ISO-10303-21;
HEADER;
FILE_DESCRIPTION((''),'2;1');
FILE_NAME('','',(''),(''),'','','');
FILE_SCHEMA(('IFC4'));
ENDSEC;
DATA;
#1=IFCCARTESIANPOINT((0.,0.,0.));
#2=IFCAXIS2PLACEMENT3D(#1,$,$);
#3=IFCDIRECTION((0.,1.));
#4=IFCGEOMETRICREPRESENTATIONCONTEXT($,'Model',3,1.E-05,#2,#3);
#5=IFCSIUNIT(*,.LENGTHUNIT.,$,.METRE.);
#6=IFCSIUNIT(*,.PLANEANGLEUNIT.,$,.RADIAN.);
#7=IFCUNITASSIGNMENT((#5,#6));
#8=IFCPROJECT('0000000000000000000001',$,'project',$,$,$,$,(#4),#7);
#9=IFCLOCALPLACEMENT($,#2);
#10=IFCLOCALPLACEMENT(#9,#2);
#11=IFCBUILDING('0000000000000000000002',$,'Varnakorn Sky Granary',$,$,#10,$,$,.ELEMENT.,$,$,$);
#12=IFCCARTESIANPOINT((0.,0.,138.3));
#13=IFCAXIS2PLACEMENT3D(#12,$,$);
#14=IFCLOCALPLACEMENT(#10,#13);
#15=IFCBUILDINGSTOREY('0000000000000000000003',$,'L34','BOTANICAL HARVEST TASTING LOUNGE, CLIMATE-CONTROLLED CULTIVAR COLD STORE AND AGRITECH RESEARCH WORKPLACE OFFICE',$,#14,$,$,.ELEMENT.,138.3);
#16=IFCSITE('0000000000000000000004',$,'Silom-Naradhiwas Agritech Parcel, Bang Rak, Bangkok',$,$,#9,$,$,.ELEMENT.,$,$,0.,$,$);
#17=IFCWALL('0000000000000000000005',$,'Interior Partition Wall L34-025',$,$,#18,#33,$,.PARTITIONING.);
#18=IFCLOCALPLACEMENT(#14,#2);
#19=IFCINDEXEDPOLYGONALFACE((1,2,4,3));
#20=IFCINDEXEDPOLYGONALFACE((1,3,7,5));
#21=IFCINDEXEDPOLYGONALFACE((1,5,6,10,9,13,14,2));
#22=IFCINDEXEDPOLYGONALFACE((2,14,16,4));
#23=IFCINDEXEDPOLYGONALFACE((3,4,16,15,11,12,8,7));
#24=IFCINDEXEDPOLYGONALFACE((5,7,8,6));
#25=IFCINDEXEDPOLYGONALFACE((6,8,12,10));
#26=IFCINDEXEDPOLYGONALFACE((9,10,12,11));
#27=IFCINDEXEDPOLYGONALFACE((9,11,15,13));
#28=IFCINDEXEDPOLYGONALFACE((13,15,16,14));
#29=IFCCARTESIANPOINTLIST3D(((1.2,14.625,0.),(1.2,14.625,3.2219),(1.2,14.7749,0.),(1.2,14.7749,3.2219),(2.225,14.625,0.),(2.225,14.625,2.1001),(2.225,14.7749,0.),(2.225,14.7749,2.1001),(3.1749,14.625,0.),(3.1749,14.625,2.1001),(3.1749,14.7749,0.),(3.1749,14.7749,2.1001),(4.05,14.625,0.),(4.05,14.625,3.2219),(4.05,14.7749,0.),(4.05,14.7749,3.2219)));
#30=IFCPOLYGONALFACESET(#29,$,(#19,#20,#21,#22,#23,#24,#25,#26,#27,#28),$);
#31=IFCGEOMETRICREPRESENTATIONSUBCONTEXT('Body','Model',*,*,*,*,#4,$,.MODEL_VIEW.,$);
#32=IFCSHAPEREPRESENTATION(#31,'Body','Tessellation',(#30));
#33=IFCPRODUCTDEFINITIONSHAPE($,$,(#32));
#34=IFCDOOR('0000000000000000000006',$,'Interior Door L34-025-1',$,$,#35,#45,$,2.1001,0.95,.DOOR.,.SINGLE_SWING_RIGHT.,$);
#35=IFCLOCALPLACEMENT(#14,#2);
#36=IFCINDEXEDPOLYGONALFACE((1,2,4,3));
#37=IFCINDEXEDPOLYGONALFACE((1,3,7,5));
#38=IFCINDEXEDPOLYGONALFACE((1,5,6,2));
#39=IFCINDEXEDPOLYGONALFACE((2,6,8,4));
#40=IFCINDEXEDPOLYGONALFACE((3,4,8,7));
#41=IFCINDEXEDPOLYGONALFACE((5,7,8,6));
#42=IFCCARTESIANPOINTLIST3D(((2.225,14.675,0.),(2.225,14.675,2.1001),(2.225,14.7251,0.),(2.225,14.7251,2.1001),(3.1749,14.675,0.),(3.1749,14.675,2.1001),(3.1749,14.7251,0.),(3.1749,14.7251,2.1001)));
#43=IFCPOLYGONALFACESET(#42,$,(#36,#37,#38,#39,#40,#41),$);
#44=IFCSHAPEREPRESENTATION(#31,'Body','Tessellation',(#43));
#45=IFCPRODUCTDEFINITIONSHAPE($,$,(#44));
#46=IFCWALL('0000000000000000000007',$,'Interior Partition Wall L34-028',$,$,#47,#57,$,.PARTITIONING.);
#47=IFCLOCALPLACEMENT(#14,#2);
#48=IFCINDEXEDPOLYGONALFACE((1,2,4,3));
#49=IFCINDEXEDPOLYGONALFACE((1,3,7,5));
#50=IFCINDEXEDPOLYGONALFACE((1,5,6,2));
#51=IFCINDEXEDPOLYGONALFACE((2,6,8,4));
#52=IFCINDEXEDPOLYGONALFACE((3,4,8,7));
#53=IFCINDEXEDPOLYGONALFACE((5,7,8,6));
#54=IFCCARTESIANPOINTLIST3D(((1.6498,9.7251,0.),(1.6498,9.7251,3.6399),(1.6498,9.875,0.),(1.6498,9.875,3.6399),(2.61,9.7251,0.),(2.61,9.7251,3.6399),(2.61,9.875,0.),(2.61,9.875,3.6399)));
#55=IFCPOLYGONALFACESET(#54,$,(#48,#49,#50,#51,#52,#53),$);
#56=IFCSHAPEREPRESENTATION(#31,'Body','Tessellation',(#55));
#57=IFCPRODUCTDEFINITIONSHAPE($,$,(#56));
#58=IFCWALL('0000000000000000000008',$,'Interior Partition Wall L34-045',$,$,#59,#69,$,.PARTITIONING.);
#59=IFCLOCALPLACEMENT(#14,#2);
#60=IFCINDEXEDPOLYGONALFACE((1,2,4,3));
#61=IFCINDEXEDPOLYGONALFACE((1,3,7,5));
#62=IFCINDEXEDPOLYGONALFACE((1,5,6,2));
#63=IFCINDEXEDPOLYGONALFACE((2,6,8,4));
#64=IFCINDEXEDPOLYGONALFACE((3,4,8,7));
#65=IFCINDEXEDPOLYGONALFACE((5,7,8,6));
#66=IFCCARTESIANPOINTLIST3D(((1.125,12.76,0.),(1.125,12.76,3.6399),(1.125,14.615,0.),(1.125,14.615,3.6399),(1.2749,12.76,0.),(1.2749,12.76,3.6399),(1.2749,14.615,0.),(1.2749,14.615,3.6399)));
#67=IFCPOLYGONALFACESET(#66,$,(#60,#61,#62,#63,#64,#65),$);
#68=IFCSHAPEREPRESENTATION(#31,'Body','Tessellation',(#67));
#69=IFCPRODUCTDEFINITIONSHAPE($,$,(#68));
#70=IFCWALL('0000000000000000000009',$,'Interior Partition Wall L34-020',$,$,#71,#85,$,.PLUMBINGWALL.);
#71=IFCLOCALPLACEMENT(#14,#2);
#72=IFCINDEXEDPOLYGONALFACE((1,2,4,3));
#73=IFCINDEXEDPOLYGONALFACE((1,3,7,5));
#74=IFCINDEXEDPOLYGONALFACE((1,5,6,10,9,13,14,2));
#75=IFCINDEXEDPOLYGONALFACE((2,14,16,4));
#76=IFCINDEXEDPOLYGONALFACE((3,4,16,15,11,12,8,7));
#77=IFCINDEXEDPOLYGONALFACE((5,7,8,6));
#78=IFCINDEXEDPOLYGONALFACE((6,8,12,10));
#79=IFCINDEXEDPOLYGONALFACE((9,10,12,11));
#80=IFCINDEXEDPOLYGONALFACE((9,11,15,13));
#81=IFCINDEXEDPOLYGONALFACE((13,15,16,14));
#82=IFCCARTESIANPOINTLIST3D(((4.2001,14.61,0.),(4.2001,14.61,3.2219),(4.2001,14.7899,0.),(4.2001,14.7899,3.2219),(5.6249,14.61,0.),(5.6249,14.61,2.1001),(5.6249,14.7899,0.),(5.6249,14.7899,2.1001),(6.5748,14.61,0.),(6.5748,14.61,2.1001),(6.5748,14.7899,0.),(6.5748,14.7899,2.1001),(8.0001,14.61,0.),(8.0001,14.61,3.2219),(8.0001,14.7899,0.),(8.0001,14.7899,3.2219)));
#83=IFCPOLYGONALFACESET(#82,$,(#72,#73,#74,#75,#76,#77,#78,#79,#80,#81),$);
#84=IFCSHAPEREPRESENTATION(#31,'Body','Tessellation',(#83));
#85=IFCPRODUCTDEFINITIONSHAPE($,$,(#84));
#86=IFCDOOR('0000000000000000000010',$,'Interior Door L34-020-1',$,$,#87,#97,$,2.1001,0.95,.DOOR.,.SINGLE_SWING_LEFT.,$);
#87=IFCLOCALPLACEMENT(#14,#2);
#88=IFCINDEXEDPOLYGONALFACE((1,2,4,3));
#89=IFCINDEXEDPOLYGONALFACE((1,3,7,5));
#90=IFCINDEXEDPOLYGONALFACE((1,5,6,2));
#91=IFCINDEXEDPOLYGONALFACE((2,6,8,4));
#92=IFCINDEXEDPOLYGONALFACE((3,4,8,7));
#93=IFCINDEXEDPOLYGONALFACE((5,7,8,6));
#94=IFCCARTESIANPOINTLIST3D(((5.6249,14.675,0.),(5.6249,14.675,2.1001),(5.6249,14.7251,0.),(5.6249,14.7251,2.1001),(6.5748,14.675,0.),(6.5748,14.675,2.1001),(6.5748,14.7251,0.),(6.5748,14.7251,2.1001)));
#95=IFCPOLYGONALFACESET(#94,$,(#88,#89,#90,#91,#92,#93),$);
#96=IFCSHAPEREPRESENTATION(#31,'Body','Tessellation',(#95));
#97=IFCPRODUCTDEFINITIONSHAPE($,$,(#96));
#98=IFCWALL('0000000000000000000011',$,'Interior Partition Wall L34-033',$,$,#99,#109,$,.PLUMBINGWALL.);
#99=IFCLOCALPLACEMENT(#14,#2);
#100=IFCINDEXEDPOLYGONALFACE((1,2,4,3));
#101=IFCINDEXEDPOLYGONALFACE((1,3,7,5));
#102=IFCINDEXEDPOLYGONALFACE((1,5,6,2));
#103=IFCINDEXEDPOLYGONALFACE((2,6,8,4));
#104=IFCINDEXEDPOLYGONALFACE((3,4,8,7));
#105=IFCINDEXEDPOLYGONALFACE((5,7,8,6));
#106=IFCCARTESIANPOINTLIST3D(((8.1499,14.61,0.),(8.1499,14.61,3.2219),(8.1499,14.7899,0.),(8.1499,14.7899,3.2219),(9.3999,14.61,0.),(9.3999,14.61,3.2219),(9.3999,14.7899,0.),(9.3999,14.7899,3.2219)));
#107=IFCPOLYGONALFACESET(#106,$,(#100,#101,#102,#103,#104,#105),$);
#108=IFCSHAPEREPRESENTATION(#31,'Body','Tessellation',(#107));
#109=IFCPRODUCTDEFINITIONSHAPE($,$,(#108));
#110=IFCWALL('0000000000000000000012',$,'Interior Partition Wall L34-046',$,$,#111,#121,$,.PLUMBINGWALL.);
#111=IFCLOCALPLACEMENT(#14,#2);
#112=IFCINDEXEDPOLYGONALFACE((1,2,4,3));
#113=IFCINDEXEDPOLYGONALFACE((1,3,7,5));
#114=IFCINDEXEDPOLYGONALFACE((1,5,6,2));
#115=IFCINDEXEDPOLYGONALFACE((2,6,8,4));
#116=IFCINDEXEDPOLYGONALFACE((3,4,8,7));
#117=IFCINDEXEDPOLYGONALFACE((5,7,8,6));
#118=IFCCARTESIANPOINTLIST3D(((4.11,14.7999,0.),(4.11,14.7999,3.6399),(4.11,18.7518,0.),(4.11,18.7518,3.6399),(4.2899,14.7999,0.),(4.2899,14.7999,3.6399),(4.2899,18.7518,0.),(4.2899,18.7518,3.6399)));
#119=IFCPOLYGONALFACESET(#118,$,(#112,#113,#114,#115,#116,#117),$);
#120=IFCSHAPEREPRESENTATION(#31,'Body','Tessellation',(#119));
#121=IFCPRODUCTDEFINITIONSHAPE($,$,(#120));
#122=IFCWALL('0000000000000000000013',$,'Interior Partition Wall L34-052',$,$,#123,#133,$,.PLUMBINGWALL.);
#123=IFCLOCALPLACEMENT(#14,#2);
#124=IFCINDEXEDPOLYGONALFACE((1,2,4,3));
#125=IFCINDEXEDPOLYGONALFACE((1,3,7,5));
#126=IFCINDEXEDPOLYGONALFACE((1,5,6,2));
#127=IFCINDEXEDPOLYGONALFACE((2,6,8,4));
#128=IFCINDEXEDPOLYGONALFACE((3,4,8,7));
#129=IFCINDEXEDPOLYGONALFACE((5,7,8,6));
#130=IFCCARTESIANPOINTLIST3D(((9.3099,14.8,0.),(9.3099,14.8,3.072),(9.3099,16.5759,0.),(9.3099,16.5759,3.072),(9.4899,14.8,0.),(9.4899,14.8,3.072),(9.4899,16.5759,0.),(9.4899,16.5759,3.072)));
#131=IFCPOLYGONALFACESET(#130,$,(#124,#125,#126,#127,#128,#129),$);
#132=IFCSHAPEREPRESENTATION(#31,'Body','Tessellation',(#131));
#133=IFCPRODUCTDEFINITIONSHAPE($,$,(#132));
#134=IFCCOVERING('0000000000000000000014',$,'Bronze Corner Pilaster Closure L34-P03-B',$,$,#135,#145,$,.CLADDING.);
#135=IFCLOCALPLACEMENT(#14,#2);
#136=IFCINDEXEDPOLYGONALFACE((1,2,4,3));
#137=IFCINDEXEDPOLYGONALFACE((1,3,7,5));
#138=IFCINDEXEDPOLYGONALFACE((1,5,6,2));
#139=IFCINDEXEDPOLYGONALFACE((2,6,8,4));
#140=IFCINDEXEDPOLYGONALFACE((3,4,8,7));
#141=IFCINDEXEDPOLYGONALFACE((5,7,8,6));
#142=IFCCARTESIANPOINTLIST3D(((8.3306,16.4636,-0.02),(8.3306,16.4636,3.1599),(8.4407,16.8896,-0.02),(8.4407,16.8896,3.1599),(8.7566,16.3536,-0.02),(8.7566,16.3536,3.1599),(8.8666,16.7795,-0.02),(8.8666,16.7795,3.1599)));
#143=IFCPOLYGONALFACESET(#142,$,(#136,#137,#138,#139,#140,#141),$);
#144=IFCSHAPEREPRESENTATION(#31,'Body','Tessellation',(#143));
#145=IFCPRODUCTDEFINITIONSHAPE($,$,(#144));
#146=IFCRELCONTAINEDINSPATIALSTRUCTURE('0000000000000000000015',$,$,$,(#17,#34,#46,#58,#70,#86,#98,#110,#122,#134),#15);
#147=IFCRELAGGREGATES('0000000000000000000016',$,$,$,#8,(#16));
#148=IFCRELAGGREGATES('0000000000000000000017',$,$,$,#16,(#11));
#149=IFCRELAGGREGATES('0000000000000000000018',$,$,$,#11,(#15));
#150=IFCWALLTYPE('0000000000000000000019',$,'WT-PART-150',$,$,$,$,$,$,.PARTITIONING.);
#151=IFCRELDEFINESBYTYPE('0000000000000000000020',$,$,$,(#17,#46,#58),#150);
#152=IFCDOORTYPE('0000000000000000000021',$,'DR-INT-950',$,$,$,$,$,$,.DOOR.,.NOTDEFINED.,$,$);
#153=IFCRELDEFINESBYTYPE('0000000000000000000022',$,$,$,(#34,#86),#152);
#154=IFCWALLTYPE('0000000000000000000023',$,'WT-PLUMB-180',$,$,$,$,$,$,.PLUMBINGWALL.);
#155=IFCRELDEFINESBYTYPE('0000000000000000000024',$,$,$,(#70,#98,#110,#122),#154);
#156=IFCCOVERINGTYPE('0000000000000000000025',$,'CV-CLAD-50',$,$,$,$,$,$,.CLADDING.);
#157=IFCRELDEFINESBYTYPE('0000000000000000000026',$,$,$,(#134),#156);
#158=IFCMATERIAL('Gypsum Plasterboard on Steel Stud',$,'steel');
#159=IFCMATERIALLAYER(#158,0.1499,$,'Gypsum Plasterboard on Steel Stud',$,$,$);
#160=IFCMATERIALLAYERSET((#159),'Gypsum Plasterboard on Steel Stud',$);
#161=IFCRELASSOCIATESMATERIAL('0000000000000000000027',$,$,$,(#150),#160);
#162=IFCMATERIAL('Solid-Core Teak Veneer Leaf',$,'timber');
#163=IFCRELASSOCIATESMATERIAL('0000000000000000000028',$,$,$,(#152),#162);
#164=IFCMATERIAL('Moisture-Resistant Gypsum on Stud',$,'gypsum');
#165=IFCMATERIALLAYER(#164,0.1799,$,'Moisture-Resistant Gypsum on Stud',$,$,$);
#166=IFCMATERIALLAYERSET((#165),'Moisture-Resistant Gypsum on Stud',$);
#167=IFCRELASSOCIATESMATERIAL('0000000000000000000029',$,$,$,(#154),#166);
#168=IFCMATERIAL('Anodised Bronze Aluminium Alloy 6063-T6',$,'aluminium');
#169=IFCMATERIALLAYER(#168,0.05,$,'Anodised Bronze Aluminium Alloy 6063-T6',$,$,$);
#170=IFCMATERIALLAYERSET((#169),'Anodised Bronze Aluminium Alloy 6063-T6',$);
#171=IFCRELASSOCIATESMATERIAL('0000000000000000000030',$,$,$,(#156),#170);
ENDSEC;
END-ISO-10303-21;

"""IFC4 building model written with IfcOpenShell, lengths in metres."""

from ifc_helpers import new_model, si_unit, direction, frame, frame_2d, origin, origin_2d, place, context, subcontext, project, spatial, rectangle, extrude, source, transform, mapped, material, layer, layer_set, type_object, type_shapes, element, fill, save


model = new_model("IFC4")

# Units and contexts
model_context = context("Model", 3, precision=1e-05, world=origin(), true_north=direction((0.0, 1.0)))
body_context = subcontext(model_context, "Body", "Model", "MODEL_VIEW")
ifc_project = project(units=[si_unit("LENGTHUNIT", "METRE"), si_unit("PLANEANGLEUNIT", "RADIAN")], contexts=[model_context])

# Site, building, storey
site_placement = place(None, origin())
site = spatial("IfcSite", under=ifc_project, at=site_placement, Name="Silom-Naradhiwas Agritech Parcel, Bang Rak, Bangkok", CompositionType="ELEMENT", RefElevation=0.0)
building_placement = place(site_placement, origin())
building = spatial("IfcBuilding", under=site, at=building_placement, Name="Varnakorn Sky Granary", CompositionType="ELEMENT")
storey_placement = place(building_placement, frame((0.0, 0.0, 138.3)))
storey = spatial("IfcBuildingStorey", under=building, at=storey_placement, Name="L34", Description="BOTANICAL HARVEST TASTING LOUNGE, CLIMATE-CONTROLLED CULTIVAR COLD STORE AND AGRITECH RESEARCH WORKPLACE OFFICE", CompositionType="ELEMENT", Elevation=138.3)

# Shared definitions
ifc_material_1 = material(Name="Anodised Bronze Aluminium Alloy 6063-T6", Category="aluminium")

# Wall, opening, door
ifc_material_2 = material(Name="Gypsum Plasterboard on Steel Stud", Category="steel")
ifc_layer_1 = layer(ifc_material_2, 0.1499, Name="Gypsum Plasterboard on Steel Stud")
ifc_layer_set_1 = layer_set([ifc_layer_1], Name="Gypsum Plasterboard on Steel Stud")
wall_type_1 = type_object("IfcWallType", Name="WT-PART-150", PredefinedType="PARTITIONING", material=ifc_layer_set_1)
wall_1_placement = place(storey_placement, frame((4.05, 14.7, 0.0), z_axis=(0.0, 0.0, 1.0), x_axis=(-1.0, 0.0, 0.0)))
wall_1 = element("IfcWall", 1, at=wall_1_placement, inside=storey, type_object=wall_type_1, Name="Interior Partition Wall L34-025", PredefinedType="PARTITIONING", context=body_context, shape_type="SweptSolid", body=[
    extrude(rectangle(XDim=2.8501, YDim=0.1499, at=frame_2d((1.425, 0.0))), origin(), (0.0, 0.0, 1.0), 3.2219),
])
opening_1_placement = place(wall_1_placement, frame((0.875, 0.0, 0.0)))
opening_1 = element("IfcOpeningElement", 2, at=opening_1_placement, cuts=wall_1, PredefinedType="OPENING", context=body_context, shape_type="SweptSolid", body=[
    extrude(rectangle(XDim=0.95, YDim=2.1001, at=frame_2d((0.4751, 1.05))), frame((0.0, 0.085, 0.0), z_axis=(0.0, -1.0, 0.0), x_axis=(1.0, 0.0, 0.0)), (0.0, 0.0, 1.0), 0.1699),
])
ifc_material_3 = material(Name="Solid-Core Teak Veneer Leaf", Category="timber")
door_type = type_object("IfcDoorType", Name="DR-INT-950", OperationType="NOTDEFINED", PredefinedType="DOOR", material=ifc_material_3)
door_1_placement = place(opening_1_placement, origin())
door_1 = element("IfcDoor", 3, at=door_1_placement, inside=storey, type_object=door_type, Name="Interior Door L34-025-1", OperationType="SINGLE_SWING_RIGHT", OverallHeight=2.1001, OverallWidth=0.95, PredefinedType="DOOR", context=body_context, shape_type="SweptSolid", body=[
    extrude(rectangle(XDim=0.95, YDim=2.1001, at=frame_2d((0.4751, 1.05))), frame((0.0, 0.0249, 0.0), z_axis=(0.0, -1.0, 0.0), x_axis=(1.0, 0.0, 0.0)), (0.0, 0.0, 1.0), 0.05),
])
fill(opening_1, door_1)

# Walls
wall_2_placement = place(storey_placement, frame((1.6499, 9.8, 0.0), z_axis=(0.0, 0.0, 1.0), x_axis=(1.0, 0.0, 0.0)))
element("IfcWall", 4, at=wall_2_placement, inside=storey, type_object=wall_type_1, Name="Interior Partition Wall L34-028", PredefinedType="PARTITIONING", context=body_context, shape_type="SweptSolid", body=[
    extrude(rectangle(XDim=0.9602, YDim=0.1499, at=frame_2d((0.48, 0.0))), origin(), (0.0, 0.0, 1.0), 3.6399),
])
wall_3_placement = place(storey_placement, frame((1.2, 14.615, 0.0), z_axis=(0.0, 0.0, 1.0), x_axis=(0.0, -1.0, 0.0)))
element("IfcWall", 5, at=wall_3_placement, inside=storey, type_object=wall_type_1, Name="Interior Partition Wall L34-045", PredefinedType="PARTITIONING", context=body_context, shape_type="SweptSolid", body=[
    extrude(rectangle(XDim=1.855, YDim=0.1499, at=frame_2d((0.9275, 0.0))), origin(), (0.0, 0.0, 1.0), 3.6399),
])

# Wall, opening, door
ifc_material_4 = material(Name="Moisture-Resistant Gypsum on Stud", Category="gypsum")
ifc_layer_2 = layer(ifc_material_4, 0.1799, Name="Moisture-Resistant Gypsum on Stud")
ifc_layer_set_2 = layer_set([ifc_layer_2], Name="Moisture-Resistant Gypsum on Stud")
wall_type_2 = type_object("IfcWallType", Name="WT-PLUMB-180", PredefinedType="PLUMBINGWALL", material=ifc_layer_set_2)
wall_4_placement = place(storey_placement, frame((8.0, 14.7, 0.0), z_axis=(0.0, 0.0, 1.0), x_axis=(-1.0, 0.0, 0.0)))
wall_4 = element("IfcWall", 6, at=wall_4_placement, inside=storey, type_object=wall_type_2, Name="Interior Partition Wall L34-020", PredefinedType="PLUMBINGWALL", context=body_context, shape_type="SweptSolid", body=[
    extrude(rectangle(XDim=3.8, YDim=0.1799, at=frame_2d((1.8999, 0.0))), origin(), (0.0, 0.0, 1.0), 3.2219),
])
opening_2_placement = place(wall_4_placement, frame((1.425, 0.0, 0.0)))
opening_2 = element("IfcOpeningElement", 7, at=opening_2_placement, cuts=wall_4, PredefinedType="OPENING", context=body_context, shape_type="SweptSolid", body=[
    extrude(rectangle(XDim=0.95, YDim=2.1001, at=frame_2d((0.4751, 1.05))), frame((0.0, 0.1001, 0.0), z_axis=(0.0, -1.0, 0.0), x_axis=(1.0, 0.0, 0.0)), (0.0, 0.0, 1.0), 0.2),
])
door_2_placement = place(opening_2_placement, origin())
door_2 = element("IfcDoor", 8, at=door_2_placement, inside=storey, type_object=door_type, Name="Interior Door L34-020-1", OperationType="SINGLE_SWING_LEFT", OverallHeight=2.1001, OverallWidth=0.95, PredefinedType="DOOR", context=body_context, shape_type="SweptSolid", body=[
    extrude(rectangle(XDim=0.95, YDim=2.1001, at=frame_2d((0.4751, 1.05))), frame((0.0, 0.0249, 0.0), z_axis=(0.0, -1.0, 0.0), x_axis=(1.0, 0.0, 0.0)), (0.0, 0.0, 1.0), 0.05),
])
fill(opening_2, door_2)

# Walls
wall_5_placement = place(storey_placement, frame((9.3999, 14.7, 0.0), z_axis=(0.0, 0.0, 1.0), x_axis=(-1.0, 0.0, 0.0)))
element("IfcWall", 9, at=wall_5_placement, inside=storey, type_object=wall_type_2, Name="Interior Partition Wall L34-033", PredefinedType="PLUMBINGWALL", context=body_context, shape_type="SweptSolid", body=[
    extrude(rectangle(XDim=1.25, YDim=0.1799, at=frame_2d((0.625, 0.0))), origin(), (0.0, 0.0, 1.0), 3.2219),
])
wall_6_placement = place(storey_placement, frame((4.2, 18.752, 0.0), z_axis=(0.0, 0.0, 1.0), x_axis=(0.0, -1.0, 0.0)))
element("IfcWall", 10, at=wall_6_placement, inside=storey, type_object=wall_type_2, Name="Interior Partition Wall L34-046", PredefinedType="PLUMBINGWALL", context=body_context, shape_type="SweptSolid", body=[
    extrude(rectangle(XDim=3.9519, YDim=0.1799, at=frame_2d((1.9761, 0.0))), origin(), (0.0, 0.0, 1.0), 3.6399),
])
wall_7_placement = place(storey_placement, frame((9.3999, 14.8, 0.0), z_axis=(0.0, 0.0, 1.0), x_axis=(0.0, 1.0, 0.0)))
element("IfcWall", 11, at=wall_7_placement, inside=storey, type_object=wall_type_2, Name="Interior Partition Wall L34-052", PredefinedType="PLUMBINGWALL", context=body_context, shape_type="SweptSolid", body=[
    extrude(rectangle(XDim=1.7759, YDim=0.1799, at=frame_2d((0.8879, 0.0))), origin(), (0.0, 0.0, 1.0), 3.072),
])

# Covering
ifc_layer_3 = layer(ifc_material_1, 0.05, Name="Anodised Bronze Aluminium Alloy 6063-T6")
ifc_layer_set_3 = layer_set([ifc_layer_3], Name="Anodised Bronze Aluminium Alloy 6063-T6")
covering_type = type_object("IfcCoveringType", Name="CV-CLAD-50", PredefinedType="CLADDING", material=ifc_layer_set_3)
shared_shape_1 = source(origin(), body_context, "Body", "SweptSolid", [
    extrude(rectangle(XDim=0.4399, YDim=0.4399, at=origin_2d()), origin(), (0.0, 0.0, 1.0), 3.1799),
])
type_shapes(covering_type, [shared_shape_1])
covering_placement = place(storey_placement, frame((8.5986, 16.6216, -0.02), z_axis=(0.0, 0.0, 1.0), x_axis=(0.968191, -0.250211, 0.0)))
element("IfcCovering", 12, at=covering_placement, inside=storey, type_object=covering_type, Name="Bronze Corner Pilaster Closure L34-P03-B", PredefinedType="CLADDING", context=body_context, shape_type="MappedRepresentation", body=[
    mapped(shared_shape_1, transform((0.0, 0.0, 0.0), x_axis=(1.0, 0.0, 0.0), y_axis=(0.0, 1.0, 0.0), z_axis=(0.0, 0.0, 1.0), scale=1.0)),
])

save(model, "model.ifc")
